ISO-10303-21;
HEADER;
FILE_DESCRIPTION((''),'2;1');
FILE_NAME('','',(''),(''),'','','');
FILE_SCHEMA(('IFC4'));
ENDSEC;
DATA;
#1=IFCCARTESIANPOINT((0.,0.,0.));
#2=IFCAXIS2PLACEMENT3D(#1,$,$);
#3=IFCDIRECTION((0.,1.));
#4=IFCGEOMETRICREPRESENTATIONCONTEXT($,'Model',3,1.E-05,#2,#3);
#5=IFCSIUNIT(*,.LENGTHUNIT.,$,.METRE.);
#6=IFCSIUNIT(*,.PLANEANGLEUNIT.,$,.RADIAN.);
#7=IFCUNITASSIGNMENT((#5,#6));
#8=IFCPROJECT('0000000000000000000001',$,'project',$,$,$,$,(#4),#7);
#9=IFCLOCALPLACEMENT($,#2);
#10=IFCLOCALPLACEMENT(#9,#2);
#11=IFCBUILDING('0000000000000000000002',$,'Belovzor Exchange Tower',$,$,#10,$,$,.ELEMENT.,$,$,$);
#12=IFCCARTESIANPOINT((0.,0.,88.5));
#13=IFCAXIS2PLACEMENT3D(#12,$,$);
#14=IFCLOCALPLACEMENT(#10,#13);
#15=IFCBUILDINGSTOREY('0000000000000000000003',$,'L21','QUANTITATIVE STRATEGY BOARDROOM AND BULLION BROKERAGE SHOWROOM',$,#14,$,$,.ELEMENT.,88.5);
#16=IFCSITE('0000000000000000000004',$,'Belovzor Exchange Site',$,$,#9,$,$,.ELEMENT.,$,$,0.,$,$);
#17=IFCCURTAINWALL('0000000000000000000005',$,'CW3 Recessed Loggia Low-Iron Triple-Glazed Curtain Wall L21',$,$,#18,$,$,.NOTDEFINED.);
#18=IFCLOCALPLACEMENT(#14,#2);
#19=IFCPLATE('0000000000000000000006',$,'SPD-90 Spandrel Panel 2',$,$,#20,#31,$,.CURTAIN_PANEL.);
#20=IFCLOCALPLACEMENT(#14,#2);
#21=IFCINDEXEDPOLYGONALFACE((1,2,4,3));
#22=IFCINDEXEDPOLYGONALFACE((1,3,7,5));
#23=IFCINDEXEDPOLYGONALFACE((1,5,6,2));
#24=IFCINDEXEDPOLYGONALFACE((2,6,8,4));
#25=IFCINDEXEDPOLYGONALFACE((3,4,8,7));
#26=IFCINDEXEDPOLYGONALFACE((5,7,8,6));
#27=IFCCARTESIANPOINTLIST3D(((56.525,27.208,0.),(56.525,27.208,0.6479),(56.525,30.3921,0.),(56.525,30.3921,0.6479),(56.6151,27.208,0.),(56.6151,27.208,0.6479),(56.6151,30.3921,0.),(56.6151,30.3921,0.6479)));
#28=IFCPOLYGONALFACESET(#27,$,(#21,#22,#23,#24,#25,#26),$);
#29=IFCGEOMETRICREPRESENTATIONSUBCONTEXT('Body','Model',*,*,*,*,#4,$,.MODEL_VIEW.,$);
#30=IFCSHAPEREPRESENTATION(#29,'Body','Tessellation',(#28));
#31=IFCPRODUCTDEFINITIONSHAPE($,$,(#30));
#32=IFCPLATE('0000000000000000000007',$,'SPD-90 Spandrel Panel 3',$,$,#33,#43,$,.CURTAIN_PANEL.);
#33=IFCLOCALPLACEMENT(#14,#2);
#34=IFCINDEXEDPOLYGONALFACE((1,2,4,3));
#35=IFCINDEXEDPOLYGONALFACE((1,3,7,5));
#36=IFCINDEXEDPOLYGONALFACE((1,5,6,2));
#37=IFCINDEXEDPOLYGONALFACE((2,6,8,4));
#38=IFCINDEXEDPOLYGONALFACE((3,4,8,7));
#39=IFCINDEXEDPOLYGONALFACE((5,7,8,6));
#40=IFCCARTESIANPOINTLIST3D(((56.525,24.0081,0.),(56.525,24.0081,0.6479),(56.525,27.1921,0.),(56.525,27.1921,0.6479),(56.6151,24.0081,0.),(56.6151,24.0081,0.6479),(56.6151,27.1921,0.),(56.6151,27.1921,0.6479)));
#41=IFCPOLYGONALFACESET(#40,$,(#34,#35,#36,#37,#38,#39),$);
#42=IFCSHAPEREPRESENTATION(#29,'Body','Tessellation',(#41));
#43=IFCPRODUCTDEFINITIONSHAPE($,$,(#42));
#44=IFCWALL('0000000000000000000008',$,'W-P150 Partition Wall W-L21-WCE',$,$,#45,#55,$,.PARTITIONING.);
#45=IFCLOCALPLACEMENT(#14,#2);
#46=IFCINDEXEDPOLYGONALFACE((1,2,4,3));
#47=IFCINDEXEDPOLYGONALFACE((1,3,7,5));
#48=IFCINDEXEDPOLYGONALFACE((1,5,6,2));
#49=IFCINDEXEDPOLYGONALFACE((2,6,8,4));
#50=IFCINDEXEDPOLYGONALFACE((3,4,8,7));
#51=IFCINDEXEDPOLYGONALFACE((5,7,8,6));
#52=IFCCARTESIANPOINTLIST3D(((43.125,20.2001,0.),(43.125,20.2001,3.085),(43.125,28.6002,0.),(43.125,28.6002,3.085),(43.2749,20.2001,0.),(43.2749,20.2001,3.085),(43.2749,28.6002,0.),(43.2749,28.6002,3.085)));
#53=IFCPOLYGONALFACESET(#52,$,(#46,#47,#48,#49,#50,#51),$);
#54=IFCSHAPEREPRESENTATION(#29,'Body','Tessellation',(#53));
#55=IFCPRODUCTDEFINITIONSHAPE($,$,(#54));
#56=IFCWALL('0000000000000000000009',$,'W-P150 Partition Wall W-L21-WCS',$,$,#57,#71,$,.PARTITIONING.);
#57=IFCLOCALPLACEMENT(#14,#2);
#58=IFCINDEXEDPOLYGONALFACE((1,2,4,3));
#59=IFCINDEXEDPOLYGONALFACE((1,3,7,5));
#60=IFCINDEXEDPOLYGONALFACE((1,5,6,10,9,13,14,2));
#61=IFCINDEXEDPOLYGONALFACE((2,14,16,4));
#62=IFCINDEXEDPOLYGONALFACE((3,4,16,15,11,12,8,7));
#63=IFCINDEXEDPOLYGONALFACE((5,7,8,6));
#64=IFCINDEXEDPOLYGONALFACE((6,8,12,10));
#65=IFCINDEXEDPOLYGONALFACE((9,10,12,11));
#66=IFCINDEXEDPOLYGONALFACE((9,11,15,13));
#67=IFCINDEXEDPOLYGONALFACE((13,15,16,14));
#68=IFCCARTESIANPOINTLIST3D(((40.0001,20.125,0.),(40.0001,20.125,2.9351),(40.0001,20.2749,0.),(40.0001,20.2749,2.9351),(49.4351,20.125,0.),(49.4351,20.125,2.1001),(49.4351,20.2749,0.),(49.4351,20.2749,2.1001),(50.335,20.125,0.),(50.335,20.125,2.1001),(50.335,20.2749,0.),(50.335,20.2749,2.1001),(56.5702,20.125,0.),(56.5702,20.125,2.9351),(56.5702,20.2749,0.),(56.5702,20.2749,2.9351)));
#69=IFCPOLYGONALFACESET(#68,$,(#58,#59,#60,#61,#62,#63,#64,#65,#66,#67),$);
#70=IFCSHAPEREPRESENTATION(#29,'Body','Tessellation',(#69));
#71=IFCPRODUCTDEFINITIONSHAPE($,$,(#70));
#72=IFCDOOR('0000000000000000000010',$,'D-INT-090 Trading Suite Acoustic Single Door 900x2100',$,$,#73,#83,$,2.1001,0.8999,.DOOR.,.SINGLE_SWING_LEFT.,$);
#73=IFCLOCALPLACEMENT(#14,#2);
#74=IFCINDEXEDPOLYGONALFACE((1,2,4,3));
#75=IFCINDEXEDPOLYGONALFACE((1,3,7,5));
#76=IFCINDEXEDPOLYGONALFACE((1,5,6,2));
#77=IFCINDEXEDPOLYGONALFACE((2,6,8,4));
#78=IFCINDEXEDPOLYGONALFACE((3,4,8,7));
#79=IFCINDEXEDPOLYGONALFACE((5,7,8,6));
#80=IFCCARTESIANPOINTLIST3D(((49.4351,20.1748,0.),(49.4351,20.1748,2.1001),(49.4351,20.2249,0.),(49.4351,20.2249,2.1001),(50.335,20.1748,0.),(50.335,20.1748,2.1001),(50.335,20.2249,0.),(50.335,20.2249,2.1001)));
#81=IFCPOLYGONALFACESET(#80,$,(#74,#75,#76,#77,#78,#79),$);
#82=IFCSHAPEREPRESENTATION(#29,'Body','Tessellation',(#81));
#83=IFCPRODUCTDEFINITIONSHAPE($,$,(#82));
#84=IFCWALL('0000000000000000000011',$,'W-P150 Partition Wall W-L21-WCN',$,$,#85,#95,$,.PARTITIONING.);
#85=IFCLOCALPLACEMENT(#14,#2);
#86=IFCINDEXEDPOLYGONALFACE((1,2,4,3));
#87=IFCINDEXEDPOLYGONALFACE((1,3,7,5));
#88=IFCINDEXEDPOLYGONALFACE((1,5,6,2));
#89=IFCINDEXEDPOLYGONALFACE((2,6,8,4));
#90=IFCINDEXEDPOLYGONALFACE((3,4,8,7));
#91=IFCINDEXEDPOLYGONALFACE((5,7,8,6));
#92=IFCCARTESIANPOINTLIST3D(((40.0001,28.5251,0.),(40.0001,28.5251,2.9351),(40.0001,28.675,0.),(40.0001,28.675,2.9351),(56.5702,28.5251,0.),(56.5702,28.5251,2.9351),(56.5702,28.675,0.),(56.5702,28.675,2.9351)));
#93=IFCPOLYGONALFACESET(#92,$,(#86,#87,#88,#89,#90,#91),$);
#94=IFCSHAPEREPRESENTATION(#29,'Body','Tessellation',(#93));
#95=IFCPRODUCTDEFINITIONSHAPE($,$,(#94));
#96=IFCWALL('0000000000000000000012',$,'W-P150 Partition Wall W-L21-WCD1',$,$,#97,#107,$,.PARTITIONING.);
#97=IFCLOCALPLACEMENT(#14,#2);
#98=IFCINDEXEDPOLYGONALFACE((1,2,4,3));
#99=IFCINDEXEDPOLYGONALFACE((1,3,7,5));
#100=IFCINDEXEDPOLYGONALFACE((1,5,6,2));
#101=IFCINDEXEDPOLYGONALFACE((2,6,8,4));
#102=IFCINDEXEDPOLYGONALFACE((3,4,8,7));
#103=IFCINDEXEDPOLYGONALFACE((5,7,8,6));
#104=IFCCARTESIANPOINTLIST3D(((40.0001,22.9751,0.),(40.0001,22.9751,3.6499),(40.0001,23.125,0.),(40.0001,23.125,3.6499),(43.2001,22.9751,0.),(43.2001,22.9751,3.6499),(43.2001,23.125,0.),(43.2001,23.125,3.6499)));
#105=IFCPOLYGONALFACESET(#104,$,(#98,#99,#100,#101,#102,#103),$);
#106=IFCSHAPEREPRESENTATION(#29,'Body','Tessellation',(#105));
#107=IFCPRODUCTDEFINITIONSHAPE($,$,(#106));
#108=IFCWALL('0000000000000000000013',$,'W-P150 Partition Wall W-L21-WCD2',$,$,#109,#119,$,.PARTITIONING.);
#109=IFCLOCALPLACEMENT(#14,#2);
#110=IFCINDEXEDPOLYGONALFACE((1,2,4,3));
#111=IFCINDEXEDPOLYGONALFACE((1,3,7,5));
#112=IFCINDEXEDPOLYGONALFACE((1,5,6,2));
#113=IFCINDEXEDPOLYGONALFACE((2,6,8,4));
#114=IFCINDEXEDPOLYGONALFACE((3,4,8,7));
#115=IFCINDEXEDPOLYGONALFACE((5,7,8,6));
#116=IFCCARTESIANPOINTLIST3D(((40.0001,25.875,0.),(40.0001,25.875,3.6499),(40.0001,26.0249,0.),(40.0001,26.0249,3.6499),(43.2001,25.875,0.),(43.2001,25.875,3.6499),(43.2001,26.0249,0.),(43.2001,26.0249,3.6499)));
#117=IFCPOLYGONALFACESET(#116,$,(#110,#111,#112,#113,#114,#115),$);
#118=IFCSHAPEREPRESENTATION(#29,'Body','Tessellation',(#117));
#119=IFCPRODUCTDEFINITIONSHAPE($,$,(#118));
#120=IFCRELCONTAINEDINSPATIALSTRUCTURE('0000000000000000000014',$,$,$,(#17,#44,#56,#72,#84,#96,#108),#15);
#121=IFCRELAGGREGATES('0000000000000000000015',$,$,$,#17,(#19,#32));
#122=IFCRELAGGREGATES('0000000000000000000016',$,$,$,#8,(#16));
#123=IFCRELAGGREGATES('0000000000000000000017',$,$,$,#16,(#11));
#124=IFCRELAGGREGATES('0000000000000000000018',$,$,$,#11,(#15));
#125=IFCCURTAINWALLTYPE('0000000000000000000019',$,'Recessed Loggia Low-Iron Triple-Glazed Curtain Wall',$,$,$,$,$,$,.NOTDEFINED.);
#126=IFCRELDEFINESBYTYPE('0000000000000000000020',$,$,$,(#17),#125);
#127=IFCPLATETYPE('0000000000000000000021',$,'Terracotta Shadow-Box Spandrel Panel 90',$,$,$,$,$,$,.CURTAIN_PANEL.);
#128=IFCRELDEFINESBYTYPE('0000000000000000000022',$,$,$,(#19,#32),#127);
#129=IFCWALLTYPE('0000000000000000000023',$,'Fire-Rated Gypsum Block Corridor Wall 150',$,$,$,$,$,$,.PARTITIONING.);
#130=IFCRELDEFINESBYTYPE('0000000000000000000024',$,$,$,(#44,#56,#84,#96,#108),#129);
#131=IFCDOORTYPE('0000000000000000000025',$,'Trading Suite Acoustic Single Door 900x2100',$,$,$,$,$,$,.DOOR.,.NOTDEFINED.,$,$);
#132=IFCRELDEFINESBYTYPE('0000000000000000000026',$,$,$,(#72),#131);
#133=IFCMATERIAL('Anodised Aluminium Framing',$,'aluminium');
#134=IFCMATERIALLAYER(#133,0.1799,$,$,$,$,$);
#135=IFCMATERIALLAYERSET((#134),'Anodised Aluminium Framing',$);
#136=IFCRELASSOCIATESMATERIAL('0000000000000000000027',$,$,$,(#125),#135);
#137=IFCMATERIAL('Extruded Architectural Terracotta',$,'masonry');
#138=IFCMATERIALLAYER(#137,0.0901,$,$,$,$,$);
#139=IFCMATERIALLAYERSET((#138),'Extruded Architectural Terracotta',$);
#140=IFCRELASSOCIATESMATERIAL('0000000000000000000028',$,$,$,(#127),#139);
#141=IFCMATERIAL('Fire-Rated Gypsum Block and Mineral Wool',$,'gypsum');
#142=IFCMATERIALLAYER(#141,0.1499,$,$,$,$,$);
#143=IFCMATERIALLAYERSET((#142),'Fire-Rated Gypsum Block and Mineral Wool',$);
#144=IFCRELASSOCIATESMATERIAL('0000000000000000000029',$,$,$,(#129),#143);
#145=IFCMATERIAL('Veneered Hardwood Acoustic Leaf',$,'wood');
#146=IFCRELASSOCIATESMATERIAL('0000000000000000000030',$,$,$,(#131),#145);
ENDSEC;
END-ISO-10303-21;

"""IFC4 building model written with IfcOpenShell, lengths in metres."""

from ifc_helpers import new_model, si_unit, direction, frame, frame_2d, origin, origin_2d, place, context, subcontext, project, spatial, rectangle, extrude, material, layer, layer_set, type_object, element, fill, aggregate, save


model = new_model("IFC4")

# Units and contexts
model_context = context("Model", 3, precision=1e-05, world=origin(), true_north=direction((0.0, 1.0)))
body_context = subcontext(model_context, "Body", "Model", "MODEL_VIEW")
ifc_project = project(units=[si_unit("LENGTHUNIT", "METRE"), si_unit("PLANEANGLEUNIT", "RADIAN")], contexts=[model_context])

# Site, building, storey
site_placement = place(None, origin())
site = spatial("IfcSite", under=ifc_project, at=site_placement, Name="Belovzor Exchange Site", CompositionType="ELEMENT", RefElevation=0.0)
building_placement = place(site_placement, origin())
building = spatial("IfcBuilding", under=site, at=building_placement, Name="Belovzor Exchange Tower", CompositionType="ELEMENT")
storey_placement = place(building_placement, frame((0.0, 0.0, 88.5)))
storey = spatial("IfcBuildingStorey", under=building, at=storey_placement, Name="L21", Description="QUANTITATIVE STRATEGY BOARDROOM AND BULLION BROKERAGE SHOWROOM", CompositionType="ELEMENT", Elevation=88.5)

# Curtain wall, plates
ifc_material_1 = material(Name="Anodised Aluminium Framing", Category="aluminium")
ifc_layer_1 = layer(ifc_material_1, 0.1799)
ifc_layer_set_1 = layer_set([ifc_layer_1], Name="Anodised Aluminium Framing")
curtain_wall_type = type_object("IfcCurtainWallType", Name="Recessed Loggia Low-Iron Triple-Glazed Curtain Wall", PredefinedType="NOTDEFINED", material=ifc_layer_set_1)
curtain_wall_placement = place(storey_placement, origin())
curtain_wall = element("IfcCurtainWall", 1, at=curtain_wall_placement, inside=storey, type_object=curtain_wall_type, Name="CW3 Recessed Loggia Low-Iron Triple-Glazed Curtain Wall L21", PredefinedType="NOTDEFINED")
ifc_material_2 = material(Name="Extruded Architectural Terracotta", Category="masonry")
ifc_layer_2 = layer(ifc_material_2, 0.0901)
ifc_layer_set_2 = layer_set([ifc_layer_2], Name="Extruded Architectural Terracotta")
plate_type_1 = type_object("IfcPlateType", Name="Terracotta Shadow-Box Spandrel Panel 90", PredefinedType="CURTAIN_PANEL", material=ifc_layer_set_2)
plate_1_placement = place(storey_placement, frame((56.5701, 28.8, 0.0), z_axis=(0.0, 0.0, 1.0), x_axis=(0.0, -1.0, 0.0)))
plate_1 = element("IfcPlate", 2, at=plate_1_placement, type_object=plate_type_1, Name="SPD-90 Spandrel Panel 2", PredefinedType="CURTAIN_PANEL", context=body_context, shape_type="SweptSolid", body=[
    extrude(rectangle(XDim=3.1841, YDim=0.0901, at=origin_2d()), origin(), (0.0, 0.0, 1.0), 0.6479),
])
plate_2_placement = place(storey_placement, frame((56.5701, 25.6001, 0.0), z_axis=(0.0, 0.0, 1.0), x_axis=(0.0, -1.0, 0.0)))
plate_2 = element("IfcPlate", 3, at=plate_2_placement, type_object=plate_type_1, Name="SPD-90 Spandrel Panel 3", PredefinedType="CURTAIN_PANEL", context=body_context, shape_type="SweptSolid", body=[
    extrude(rectangle(XDim=3.1841, YDim=0.0901, at=origin_2d()), origin(), (0.0, 0.0, 1.0), 0.6479),
])
aggregate(curtain_wall, [plate_1, plate_2])

# Wall
ifc_material_3 = material(Name="Fire-Rated Gypsum Block and Mineral Wool", Category="gypsum")
ifc_layer_3 = layer(ifc_material_3, 0.1499)
ifc_layer_set_3 = layer_set([ifc_layer_3], Name="Fire-Rated Gypsum Block and Mineral Wool")
wall_type_1 = type_object("IfcWallType", Name="Fire-Rated Gypsum Block Corridor Wall 150", PredefinedType="PARTITIONING", material=ifc_layer_set_3)
wall_1_placement = place(storey_placement, frame((43.2, 20.2, 0.0), z_axis=(0.0, 0.0, 1.0), x_axis=(0.0, 1.0, 0.0)))
element("IfcWall", 4, at=wall_1_placement, inside=storey, type_object=wall_type_1, Name="W-P150 Partition Wall W-L21-WCE", PredefinedType="PARTITIONING", context=body_context, shape_type="SweptSolid", body=[
    extrude(rectangle(XDim=8.4001, YDim=0.1499, at=frame_2d((4.2002, 0.0))), origin(), (0.0, 0.0, 1.0), 3.085),
])

# Wall, opening, door
wall_2_placement = place(storey_placement, frame((40.0, 20.2, 0.0), z_axis=(0.0, 0.0, 1.0), x_axis=(1.0, 0.0, 0.0)))
wall_2 = element("IfcWall", 5, at=wall_2_placement, inside=storey, type_object=wall_type_1, Name="W-P150 Partition Wall W-L21-WCS", PredefinedType="PARTITIONING", context=body_context, shape_type="SweptSolid", body=[
    extrude(rectangle(XDim=16.5701, YDim=0.1499, at=frame_2d((8.2852, 0.0))), origin(), (0.0, 0.0, 1.0), 2.9351),
])
opening_1_placement = place(wall_2_placement, frame((9.4351, 0.0, 0.0)))
opening_1 = element("IfcOpeningElement", 6, at=opening_1_placement, cuts=wall_2, PredefinedType="OPENING", context=body_context, shape_type="SweptSolid", body=[
    extrude(rectangle(XDim=0.8999, YDim=2.1001, at=frame_2d((0.45, 1.05))), frame((0.0, 0.085, 0.0), z_axis=(0.0, -1.0, 0.0), x_axis=(1.0, 0.0, 0.0)), (0.0, 0.0, 1.0), 0.1699),
])
ifc_material_4 = material(Name="Veneered Hardwood Acoustic Leaf", Category="wood")
door_type_1 = type_object("IfcDoorType", Name="Trading Suite Acoustic Single Door 900x2100", OperationType="NOTDEFINED", PredefinedType="DOOR", material=ifc_material_4)
door_1_placement = place(opening_1_placement, origin())
door_1 = element("IfcDoor", 7, at=door_1_placement, inside=storey, type_object=door_type_1, Name="D-INT-090 Trading Suite Acoustic Single Door 900x2100", OperationType="SINGLE_SWING_LEFT", OverallHeight=2.1001, OverallWidth=0.8999, PredefinedType="DOOR", context=body_context, shape_type="SweptSolid", body=[
    extrude(rectangle(XDim=0.8999, YDim=2.1001, at=frame_2d((0.45, 1.05))), frame((0.0, 0.0249, 0.0), z_axis=(0.0, -1.0, 0.0), x_axis=(1.0, 0.0, 0.0)), (0.0, 0.0, 1.0), 0.05),
])
fill(opening_1, door_1)

# Walls
wall_3_placement = place(storey_placement, frame((40.0, 28.6001, 0.0), z_axis=(0.0, 0.0, 1.0), x_axis=(1.0, 0.0, 0.0)))
element("IfcWall", 8, at=wall_3_placement, inside=storey, type_object=wall_type_1, Name="W-P150 Partition Wall W-L21-WCN", PredefinedType="PARTITIONING", context=body_context, shape_type="SweptSolid", body=[
    extrude(rectangle(XDim=16.5701, YDim=0.1499, at=frame_2d((8.2852, 0.0))), origin(), (0.0, 0.0, 1.0), 2.9351),
])
for number, where, z_axis, x_axis, name in (
    (9, (40.0, 23.05, 0.0), (0.0, 0.0, 1.0), (1.0, 0.0, 0.0), "W-P150 Partition Wall W-L21-WCD1"),
    (10, (40.0, 25.95, 0.0), (0.0, 0.0, 1.0), (1.0, 0.0, 0.0), "W-P150 Partition Wall W-L21-WCD2"),
):
    element("IfcWall", number, at=place(storey_placement, frame(where, z_axis=z_axis, x_axis=x_axis)), inside=storey, type_object=wall_type_1, Name=name, PredefinedType="PARTITIONING", context=body_context, shape_type="SweptSolid", body=[
        extrude(rectangle(XDim=3.2, YDim=0.1499, at=frame_2d((1.6001, 0.0))), origin(), (0.0, 0.0, 1.0), 3.6499),
    ])

save(model, "model.ifc")
